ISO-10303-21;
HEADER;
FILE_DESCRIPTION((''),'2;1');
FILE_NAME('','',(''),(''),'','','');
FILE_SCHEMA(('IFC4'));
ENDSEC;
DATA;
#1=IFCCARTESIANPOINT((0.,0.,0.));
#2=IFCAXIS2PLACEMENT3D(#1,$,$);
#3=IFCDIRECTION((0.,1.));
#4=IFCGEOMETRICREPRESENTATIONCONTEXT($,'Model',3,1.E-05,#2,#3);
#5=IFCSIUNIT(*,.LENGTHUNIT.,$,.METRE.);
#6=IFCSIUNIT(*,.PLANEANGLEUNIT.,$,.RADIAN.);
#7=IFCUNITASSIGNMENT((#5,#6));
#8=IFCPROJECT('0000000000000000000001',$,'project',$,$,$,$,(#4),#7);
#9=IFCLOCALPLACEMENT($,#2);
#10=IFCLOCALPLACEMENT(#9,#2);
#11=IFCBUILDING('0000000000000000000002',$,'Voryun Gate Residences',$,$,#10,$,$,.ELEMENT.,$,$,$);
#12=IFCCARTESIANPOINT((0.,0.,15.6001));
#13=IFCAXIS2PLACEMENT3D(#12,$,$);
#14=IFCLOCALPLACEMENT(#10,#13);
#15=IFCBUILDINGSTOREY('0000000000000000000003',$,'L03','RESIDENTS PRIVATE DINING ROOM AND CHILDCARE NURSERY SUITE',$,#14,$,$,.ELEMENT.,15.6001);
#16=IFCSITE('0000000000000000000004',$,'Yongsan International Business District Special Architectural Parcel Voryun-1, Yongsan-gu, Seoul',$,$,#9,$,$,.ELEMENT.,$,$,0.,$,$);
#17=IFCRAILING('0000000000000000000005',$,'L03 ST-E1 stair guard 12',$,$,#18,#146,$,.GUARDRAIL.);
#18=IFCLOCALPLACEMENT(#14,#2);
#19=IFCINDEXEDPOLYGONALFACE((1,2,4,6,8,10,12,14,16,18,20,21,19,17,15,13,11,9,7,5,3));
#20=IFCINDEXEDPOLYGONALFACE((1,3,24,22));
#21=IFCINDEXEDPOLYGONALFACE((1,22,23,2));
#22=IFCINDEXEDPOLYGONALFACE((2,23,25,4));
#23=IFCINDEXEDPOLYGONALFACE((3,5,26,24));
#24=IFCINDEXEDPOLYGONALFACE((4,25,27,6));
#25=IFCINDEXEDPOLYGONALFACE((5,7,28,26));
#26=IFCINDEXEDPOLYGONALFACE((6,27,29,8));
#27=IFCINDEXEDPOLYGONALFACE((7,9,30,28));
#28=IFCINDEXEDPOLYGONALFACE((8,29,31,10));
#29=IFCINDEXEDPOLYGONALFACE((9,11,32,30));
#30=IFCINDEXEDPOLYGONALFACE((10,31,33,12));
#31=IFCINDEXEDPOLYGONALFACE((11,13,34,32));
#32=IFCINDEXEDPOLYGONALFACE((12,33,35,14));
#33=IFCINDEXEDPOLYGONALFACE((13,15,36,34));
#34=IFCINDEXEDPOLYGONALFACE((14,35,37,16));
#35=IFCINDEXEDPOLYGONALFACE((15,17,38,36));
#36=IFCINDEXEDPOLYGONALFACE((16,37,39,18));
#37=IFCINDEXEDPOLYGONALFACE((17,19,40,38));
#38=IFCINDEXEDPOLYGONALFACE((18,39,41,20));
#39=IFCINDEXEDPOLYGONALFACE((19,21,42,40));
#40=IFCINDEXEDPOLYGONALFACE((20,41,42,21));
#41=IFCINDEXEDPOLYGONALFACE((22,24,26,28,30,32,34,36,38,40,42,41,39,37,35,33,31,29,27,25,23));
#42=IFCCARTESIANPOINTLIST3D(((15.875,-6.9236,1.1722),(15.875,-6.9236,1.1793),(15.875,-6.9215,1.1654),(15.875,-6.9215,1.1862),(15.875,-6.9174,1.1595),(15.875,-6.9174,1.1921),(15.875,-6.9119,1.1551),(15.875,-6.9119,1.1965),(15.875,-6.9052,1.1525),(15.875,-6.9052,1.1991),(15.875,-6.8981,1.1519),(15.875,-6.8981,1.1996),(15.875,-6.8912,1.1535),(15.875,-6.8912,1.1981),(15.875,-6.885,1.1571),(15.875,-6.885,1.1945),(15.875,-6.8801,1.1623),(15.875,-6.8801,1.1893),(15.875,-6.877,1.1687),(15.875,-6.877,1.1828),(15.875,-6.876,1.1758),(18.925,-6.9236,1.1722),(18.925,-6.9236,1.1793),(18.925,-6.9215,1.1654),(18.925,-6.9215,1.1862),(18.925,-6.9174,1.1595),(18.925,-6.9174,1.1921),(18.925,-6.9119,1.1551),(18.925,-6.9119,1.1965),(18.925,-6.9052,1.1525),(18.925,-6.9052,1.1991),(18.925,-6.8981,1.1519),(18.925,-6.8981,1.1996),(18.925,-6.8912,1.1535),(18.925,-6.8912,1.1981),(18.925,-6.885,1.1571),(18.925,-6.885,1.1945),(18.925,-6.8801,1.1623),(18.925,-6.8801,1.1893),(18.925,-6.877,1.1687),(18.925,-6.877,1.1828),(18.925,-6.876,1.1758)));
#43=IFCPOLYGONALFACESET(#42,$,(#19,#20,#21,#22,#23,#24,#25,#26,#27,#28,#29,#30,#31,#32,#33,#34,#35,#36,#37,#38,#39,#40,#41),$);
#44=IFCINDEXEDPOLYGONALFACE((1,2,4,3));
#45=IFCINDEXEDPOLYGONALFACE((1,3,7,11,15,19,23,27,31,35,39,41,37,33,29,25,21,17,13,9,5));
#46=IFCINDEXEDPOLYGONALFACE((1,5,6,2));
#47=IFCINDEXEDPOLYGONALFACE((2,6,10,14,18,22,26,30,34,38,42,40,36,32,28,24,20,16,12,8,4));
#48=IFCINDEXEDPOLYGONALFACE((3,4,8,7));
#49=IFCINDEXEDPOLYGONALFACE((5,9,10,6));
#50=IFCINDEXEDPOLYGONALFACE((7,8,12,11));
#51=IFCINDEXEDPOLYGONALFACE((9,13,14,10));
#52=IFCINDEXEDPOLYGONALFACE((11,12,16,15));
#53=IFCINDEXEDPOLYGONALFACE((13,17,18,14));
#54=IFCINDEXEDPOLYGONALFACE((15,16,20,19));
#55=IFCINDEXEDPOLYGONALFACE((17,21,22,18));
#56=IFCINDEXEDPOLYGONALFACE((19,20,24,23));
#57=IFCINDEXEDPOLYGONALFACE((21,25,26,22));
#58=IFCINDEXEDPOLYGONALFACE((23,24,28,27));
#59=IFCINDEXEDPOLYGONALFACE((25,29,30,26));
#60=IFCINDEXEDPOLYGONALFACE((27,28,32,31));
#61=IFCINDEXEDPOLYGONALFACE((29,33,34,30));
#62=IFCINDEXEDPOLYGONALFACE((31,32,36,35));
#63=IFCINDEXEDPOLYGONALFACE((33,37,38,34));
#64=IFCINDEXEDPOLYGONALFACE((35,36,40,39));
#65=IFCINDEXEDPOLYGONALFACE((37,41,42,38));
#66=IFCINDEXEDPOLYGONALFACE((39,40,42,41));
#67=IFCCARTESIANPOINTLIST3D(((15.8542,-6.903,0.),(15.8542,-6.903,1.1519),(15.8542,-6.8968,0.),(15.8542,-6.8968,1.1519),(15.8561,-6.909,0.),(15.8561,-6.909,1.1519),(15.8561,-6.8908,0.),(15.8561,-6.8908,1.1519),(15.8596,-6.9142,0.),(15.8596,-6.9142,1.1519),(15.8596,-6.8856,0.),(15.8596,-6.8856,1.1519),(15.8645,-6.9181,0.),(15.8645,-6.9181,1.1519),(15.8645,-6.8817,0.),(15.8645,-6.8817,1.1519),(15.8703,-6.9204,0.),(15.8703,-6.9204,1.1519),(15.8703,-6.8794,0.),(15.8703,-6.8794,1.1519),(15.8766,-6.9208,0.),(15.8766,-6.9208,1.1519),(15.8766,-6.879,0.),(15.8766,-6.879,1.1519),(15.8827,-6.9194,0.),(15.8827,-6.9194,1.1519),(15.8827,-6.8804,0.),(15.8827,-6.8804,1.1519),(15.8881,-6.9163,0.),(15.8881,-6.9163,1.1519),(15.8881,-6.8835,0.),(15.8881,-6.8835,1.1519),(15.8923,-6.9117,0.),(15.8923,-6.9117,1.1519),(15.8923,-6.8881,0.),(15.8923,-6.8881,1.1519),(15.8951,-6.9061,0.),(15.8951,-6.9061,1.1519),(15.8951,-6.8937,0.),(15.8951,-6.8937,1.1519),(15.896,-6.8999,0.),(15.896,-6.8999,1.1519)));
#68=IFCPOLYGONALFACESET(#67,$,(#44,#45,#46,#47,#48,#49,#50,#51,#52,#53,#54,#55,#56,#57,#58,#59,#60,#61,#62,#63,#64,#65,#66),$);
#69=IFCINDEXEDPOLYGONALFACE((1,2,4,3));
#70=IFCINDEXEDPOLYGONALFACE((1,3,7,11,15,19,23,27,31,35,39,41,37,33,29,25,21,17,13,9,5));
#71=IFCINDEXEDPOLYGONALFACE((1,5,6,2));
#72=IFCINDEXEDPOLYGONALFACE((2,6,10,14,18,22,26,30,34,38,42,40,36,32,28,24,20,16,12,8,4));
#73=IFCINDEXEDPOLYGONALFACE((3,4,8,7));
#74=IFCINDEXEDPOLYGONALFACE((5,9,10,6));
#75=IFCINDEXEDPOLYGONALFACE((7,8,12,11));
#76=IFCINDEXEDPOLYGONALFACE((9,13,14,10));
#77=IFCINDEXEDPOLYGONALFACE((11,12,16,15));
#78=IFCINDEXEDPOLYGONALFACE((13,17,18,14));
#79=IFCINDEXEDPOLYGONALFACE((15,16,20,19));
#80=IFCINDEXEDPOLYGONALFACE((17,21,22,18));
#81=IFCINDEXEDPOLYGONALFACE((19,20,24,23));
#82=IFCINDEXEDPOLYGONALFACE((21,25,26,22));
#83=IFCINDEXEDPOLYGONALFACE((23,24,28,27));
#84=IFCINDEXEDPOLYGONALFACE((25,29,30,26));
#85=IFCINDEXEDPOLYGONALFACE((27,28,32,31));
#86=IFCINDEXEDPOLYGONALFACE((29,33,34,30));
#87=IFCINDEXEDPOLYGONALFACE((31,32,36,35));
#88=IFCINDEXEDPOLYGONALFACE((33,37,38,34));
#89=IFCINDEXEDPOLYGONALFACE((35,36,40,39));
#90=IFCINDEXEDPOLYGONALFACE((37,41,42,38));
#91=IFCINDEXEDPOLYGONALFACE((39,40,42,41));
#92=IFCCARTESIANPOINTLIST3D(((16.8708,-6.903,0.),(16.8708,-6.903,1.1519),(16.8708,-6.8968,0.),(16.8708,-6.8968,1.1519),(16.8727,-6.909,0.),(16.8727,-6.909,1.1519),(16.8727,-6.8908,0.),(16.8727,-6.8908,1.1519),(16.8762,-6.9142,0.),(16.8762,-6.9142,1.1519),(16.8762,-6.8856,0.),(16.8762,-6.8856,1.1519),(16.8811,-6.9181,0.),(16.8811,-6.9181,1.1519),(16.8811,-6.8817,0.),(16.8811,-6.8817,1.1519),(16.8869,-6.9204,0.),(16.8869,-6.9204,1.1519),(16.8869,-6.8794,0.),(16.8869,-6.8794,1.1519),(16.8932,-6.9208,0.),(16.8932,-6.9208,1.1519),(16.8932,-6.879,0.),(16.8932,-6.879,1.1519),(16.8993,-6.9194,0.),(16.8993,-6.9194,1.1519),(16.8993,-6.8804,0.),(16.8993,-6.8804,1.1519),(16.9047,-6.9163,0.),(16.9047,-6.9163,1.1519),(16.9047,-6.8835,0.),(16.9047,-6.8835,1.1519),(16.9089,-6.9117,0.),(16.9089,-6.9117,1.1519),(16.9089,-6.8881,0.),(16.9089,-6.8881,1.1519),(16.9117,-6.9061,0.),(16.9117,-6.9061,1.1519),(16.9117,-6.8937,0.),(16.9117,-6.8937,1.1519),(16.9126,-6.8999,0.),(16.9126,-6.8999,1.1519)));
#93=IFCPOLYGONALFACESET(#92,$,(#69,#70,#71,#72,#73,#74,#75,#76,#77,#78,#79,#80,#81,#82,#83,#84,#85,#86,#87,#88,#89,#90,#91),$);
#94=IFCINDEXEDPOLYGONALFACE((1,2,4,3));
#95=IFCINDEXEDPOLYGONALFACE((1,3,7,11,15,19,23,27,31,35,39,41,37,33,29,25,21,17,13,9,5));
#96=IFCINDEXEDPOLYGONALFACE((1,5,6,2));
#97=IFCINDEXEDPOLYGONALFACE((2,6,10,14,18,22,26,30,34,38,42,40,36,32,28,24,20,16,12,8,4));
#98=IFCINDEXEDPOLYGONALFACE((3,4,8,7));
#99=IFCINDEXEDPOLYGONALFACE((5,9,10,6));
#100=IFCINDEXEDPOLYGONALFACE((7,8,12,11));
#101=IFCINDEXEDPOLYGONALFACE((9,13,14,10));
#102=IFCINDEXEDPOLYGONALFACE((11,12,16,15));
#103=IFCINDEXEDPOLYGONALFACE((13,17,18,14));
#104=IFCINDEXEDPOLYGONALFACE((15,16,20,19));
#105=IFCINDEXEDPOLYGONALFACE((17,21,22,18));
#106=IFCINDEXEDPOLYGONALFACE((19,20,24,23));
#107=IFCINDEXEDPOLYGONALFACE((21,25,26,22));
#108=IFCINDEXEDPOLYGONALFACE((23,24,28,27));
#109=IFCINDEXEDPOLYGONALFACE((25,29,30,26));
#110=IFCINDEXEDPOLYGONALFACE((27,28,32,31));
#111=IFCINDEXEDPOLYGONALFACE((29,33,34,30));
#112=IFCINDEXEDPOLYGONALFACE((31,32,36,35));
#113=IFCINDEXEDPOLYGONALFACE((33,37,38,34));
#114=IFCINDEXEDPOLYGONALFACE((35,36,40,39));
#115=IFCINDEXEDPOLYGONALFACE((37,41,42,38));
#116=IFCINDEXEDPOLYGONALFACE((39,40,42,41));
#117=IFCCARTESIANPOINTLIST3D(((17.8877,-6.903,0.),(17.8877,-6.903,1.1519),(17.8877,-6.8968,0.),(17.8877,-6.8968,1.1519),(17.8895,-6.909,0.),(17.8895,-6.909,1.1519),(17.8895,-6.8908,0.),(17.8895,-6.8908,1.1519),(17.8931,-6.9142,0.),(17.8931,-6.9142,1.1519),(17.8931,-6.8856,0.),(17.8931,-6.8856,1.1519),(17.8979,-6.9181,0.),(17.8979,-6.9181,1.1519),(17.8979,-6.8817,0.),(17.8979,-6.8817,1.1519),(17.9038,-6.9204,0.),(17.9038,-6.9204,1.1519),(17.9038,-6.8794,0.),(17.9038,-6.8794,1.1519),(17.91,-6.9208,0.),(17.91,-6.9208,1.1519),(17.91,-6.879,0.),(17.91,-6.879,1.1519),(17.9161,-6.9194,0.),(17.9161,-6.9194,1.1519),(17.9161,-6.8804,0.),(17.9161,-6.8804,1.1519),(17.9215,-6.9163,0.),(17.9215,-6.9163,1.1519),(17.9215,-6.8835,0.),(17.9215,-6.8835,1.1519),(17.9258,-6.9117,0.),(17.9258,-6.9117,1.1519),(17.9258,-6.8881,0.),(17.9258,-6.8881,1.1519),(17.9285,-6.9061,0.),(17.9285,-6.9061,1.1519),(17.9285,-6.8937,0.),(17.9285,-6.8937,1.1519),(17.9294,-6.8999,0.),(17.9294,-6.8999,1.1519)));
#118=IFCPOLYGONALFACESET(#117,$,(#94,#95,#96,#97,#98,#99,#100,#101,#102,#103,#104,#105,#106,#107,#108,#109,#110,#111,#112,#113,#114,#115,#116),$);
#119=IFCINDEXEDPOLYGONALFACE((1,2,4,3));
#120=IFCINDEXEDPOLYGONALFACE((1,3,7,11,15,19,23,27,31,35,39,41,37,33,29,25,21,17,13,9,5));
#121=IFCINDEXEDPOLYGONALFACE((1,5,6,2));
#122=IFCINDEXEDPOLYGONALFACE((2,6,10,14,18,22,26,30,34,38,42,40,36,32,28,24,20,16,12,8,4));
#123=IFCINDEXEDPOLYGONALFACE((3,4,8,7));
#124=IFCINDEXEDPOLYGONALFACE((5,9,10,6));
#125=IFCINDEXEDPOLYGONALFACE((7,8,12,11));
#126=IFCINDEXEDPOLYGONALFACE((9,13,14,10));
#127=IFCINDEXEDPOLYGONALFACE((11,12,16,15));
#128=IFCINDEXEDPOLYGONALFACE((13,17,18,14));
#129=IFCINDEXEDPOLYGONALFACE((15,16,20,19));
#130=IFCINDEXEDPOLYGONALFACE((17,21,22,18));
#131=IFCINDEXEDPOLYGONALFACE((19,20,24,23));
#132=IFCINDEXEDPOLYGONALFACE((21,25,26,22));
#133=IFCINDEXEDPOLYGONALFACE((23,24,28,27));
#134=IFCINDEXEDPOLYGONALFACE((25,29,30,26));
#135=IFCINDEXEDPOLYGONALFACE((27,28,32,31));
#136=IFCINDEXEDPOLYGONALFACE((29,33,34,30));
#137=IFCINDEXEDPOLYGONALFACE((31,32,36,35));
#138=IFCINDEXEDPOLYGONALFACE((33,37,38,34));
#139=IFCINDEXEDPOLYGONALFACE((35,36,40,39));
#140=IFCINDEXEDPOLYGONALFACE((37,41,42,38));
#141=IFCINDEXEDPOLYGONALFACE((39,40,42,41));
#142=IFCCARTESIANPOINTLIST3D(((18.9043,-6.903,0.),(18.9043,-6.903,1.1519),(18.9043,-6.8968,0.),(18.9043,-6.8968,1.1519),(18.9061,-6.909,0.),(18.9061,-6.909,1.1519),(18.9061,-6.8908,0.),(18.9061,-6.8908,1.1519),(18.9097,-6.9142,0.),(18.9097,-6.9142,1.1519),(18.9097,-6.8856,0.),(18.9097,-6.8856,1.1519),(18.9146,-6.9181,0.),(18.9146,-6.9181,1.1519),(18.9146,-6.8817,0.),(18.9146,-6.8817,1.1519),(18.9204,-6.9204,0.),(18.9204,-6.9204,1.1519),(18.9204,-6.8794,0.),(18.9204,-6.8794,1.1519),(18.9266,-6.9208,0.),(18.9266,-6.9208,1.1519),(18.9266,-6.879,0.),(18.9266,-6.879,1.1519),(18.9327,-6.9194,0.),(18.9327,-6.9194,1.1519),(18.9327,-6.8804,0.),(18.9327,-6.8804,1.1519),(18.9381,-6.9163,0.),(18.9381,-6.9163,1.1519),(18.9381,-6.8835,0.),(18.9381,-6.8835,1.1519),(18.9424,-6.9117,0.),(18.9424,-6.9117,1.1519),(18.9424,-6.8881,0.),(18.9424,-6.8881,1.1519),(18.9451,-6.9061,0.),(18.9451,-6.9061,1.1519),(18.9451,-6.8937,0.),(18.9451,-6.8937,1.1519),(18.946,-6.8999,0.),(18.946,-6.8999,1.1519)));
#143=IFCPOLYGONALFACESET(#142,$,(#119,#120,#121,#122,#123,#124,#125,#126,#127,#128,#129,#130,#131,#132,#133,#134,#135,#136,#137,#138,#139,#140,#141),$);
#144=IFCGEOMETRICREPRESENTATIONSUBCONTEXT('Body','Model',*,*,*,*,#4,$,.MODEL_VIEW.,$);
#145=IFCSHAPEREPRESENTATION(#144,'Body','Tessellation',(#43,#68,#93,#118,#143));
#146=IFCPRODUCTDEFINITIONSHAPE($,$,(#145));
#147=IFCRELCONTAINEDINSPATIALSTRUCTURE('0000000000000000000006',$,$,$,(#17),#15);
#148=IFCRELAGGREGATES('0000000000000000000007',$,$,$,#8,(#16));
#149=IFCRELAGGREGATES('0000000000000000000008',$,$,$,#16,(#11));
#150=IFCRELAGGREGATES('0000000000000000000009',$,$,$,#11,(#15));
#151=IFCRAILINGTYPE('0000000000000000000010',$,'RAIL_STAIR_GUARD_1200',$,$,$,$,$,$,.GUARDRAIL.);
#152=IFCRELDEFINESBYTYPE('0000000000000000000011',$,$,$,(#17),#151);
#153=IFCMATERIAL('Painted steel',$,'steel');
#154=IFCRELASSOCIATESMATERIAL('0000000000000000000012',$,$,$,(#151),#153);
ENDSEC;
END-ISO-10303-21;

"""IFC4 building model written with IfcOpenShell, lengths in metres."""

from ifc_helpers import new_model, si_unit, direction, frame, origin, origin_2d, place, context, subcontext, project, spatial, circle, extrude, material, type_object, element, save


model = new_model("IFC4")

# Units and contexts
model_context = context("Model", 3, precision=1e-05, world=origin(), true_north=direction((0.0, 1.0)))
body_context = subcontext(model_context, "Body", "Model", "MODEL_VIEW")
ifc_project = project(units=[si_unit("LENGTHUNIT", "METRE"), si_unit("PLANEANGLEUNIT", "RADIAN")], contexts=[model_context])

# Site, building, storey
site_placement = place(None, origin())
site = spatial("IfcSite", under=ifc_project, at=site_placement, Name="Yongsan International Business District Special Architectural Parcel Voryun-1, Yongsan-gu, Seoul", CompositionType="ELEMENT", RefElevation=0.0)
building_placement = place(site_placement, origin())
building = spatial("IfcBuilding", under=site, at=building_placement, Name="Voryun Gate Residences", CompositionType="ELEMENT")
storey_placement = place(building_placement, frame((0.0, 0.0, 15.6001)))
storey = spatial("IfcBuildingStorey", under=building, at=storey_placement, Name="L03", Description="RESIDENTS PRIVATE DINING ROOM AND CHILDCARE NURSERY SUITE", CompositionType="ELEMENT", Elevation=15.6001)

# Railing
ifc_material_1 = material(Name="Painted steel", Category="steel")
railing_type = type_object("IfcRailingType", Name="RAIL_STAIR_GUARD_1200", PredefinedType="GUARDRAIL", material=ifc_material_1)
railing_1_placement = place(storey_placement, frame((15.875, -6.8999, 0.0)))
element("IfcRailing", 1, at=railing_1_placement, inside=storey, type_object=railing_type, Name="L03 ST-E1 stair guard 12", PredefinedType="GUARDRAIL", context=body_context, shape_type="SweptSolid", body=[
    extrude(circle(Radius=0.0239, at=origin_2d()), frame((0.0, 0.0, 1.1758), z_axis=(1.0, 0.0, 0.0), x_axis=(0.0, 1.0, 0.0)), (0.0, 0.0, 1.0), 3.05),
    extrude(circle(Radius=0.021, at=origin_2d()), origin(), (0.0, 0.0, 1.0), 1.1519),
    extrude(circle(Radius=0.021, at=origin_2d()), frame((1.0166, 0.0, 0.0)), (0.0, 0.0, 1.0), 1.1519),
    extrude(circle(Radius=0.021, at=origin_2d()), frame((2.0334, 0.0, 0.0)), (0.0, 0.0, 1.0), 1.1519),
    extrude(circle(Radius=0.021, at=origin_2d()), frame((3.05, 0.0, 0.0)), (0.0, 0.0, 1.0), 1.1519),
])

save(model, "model.ifc")
